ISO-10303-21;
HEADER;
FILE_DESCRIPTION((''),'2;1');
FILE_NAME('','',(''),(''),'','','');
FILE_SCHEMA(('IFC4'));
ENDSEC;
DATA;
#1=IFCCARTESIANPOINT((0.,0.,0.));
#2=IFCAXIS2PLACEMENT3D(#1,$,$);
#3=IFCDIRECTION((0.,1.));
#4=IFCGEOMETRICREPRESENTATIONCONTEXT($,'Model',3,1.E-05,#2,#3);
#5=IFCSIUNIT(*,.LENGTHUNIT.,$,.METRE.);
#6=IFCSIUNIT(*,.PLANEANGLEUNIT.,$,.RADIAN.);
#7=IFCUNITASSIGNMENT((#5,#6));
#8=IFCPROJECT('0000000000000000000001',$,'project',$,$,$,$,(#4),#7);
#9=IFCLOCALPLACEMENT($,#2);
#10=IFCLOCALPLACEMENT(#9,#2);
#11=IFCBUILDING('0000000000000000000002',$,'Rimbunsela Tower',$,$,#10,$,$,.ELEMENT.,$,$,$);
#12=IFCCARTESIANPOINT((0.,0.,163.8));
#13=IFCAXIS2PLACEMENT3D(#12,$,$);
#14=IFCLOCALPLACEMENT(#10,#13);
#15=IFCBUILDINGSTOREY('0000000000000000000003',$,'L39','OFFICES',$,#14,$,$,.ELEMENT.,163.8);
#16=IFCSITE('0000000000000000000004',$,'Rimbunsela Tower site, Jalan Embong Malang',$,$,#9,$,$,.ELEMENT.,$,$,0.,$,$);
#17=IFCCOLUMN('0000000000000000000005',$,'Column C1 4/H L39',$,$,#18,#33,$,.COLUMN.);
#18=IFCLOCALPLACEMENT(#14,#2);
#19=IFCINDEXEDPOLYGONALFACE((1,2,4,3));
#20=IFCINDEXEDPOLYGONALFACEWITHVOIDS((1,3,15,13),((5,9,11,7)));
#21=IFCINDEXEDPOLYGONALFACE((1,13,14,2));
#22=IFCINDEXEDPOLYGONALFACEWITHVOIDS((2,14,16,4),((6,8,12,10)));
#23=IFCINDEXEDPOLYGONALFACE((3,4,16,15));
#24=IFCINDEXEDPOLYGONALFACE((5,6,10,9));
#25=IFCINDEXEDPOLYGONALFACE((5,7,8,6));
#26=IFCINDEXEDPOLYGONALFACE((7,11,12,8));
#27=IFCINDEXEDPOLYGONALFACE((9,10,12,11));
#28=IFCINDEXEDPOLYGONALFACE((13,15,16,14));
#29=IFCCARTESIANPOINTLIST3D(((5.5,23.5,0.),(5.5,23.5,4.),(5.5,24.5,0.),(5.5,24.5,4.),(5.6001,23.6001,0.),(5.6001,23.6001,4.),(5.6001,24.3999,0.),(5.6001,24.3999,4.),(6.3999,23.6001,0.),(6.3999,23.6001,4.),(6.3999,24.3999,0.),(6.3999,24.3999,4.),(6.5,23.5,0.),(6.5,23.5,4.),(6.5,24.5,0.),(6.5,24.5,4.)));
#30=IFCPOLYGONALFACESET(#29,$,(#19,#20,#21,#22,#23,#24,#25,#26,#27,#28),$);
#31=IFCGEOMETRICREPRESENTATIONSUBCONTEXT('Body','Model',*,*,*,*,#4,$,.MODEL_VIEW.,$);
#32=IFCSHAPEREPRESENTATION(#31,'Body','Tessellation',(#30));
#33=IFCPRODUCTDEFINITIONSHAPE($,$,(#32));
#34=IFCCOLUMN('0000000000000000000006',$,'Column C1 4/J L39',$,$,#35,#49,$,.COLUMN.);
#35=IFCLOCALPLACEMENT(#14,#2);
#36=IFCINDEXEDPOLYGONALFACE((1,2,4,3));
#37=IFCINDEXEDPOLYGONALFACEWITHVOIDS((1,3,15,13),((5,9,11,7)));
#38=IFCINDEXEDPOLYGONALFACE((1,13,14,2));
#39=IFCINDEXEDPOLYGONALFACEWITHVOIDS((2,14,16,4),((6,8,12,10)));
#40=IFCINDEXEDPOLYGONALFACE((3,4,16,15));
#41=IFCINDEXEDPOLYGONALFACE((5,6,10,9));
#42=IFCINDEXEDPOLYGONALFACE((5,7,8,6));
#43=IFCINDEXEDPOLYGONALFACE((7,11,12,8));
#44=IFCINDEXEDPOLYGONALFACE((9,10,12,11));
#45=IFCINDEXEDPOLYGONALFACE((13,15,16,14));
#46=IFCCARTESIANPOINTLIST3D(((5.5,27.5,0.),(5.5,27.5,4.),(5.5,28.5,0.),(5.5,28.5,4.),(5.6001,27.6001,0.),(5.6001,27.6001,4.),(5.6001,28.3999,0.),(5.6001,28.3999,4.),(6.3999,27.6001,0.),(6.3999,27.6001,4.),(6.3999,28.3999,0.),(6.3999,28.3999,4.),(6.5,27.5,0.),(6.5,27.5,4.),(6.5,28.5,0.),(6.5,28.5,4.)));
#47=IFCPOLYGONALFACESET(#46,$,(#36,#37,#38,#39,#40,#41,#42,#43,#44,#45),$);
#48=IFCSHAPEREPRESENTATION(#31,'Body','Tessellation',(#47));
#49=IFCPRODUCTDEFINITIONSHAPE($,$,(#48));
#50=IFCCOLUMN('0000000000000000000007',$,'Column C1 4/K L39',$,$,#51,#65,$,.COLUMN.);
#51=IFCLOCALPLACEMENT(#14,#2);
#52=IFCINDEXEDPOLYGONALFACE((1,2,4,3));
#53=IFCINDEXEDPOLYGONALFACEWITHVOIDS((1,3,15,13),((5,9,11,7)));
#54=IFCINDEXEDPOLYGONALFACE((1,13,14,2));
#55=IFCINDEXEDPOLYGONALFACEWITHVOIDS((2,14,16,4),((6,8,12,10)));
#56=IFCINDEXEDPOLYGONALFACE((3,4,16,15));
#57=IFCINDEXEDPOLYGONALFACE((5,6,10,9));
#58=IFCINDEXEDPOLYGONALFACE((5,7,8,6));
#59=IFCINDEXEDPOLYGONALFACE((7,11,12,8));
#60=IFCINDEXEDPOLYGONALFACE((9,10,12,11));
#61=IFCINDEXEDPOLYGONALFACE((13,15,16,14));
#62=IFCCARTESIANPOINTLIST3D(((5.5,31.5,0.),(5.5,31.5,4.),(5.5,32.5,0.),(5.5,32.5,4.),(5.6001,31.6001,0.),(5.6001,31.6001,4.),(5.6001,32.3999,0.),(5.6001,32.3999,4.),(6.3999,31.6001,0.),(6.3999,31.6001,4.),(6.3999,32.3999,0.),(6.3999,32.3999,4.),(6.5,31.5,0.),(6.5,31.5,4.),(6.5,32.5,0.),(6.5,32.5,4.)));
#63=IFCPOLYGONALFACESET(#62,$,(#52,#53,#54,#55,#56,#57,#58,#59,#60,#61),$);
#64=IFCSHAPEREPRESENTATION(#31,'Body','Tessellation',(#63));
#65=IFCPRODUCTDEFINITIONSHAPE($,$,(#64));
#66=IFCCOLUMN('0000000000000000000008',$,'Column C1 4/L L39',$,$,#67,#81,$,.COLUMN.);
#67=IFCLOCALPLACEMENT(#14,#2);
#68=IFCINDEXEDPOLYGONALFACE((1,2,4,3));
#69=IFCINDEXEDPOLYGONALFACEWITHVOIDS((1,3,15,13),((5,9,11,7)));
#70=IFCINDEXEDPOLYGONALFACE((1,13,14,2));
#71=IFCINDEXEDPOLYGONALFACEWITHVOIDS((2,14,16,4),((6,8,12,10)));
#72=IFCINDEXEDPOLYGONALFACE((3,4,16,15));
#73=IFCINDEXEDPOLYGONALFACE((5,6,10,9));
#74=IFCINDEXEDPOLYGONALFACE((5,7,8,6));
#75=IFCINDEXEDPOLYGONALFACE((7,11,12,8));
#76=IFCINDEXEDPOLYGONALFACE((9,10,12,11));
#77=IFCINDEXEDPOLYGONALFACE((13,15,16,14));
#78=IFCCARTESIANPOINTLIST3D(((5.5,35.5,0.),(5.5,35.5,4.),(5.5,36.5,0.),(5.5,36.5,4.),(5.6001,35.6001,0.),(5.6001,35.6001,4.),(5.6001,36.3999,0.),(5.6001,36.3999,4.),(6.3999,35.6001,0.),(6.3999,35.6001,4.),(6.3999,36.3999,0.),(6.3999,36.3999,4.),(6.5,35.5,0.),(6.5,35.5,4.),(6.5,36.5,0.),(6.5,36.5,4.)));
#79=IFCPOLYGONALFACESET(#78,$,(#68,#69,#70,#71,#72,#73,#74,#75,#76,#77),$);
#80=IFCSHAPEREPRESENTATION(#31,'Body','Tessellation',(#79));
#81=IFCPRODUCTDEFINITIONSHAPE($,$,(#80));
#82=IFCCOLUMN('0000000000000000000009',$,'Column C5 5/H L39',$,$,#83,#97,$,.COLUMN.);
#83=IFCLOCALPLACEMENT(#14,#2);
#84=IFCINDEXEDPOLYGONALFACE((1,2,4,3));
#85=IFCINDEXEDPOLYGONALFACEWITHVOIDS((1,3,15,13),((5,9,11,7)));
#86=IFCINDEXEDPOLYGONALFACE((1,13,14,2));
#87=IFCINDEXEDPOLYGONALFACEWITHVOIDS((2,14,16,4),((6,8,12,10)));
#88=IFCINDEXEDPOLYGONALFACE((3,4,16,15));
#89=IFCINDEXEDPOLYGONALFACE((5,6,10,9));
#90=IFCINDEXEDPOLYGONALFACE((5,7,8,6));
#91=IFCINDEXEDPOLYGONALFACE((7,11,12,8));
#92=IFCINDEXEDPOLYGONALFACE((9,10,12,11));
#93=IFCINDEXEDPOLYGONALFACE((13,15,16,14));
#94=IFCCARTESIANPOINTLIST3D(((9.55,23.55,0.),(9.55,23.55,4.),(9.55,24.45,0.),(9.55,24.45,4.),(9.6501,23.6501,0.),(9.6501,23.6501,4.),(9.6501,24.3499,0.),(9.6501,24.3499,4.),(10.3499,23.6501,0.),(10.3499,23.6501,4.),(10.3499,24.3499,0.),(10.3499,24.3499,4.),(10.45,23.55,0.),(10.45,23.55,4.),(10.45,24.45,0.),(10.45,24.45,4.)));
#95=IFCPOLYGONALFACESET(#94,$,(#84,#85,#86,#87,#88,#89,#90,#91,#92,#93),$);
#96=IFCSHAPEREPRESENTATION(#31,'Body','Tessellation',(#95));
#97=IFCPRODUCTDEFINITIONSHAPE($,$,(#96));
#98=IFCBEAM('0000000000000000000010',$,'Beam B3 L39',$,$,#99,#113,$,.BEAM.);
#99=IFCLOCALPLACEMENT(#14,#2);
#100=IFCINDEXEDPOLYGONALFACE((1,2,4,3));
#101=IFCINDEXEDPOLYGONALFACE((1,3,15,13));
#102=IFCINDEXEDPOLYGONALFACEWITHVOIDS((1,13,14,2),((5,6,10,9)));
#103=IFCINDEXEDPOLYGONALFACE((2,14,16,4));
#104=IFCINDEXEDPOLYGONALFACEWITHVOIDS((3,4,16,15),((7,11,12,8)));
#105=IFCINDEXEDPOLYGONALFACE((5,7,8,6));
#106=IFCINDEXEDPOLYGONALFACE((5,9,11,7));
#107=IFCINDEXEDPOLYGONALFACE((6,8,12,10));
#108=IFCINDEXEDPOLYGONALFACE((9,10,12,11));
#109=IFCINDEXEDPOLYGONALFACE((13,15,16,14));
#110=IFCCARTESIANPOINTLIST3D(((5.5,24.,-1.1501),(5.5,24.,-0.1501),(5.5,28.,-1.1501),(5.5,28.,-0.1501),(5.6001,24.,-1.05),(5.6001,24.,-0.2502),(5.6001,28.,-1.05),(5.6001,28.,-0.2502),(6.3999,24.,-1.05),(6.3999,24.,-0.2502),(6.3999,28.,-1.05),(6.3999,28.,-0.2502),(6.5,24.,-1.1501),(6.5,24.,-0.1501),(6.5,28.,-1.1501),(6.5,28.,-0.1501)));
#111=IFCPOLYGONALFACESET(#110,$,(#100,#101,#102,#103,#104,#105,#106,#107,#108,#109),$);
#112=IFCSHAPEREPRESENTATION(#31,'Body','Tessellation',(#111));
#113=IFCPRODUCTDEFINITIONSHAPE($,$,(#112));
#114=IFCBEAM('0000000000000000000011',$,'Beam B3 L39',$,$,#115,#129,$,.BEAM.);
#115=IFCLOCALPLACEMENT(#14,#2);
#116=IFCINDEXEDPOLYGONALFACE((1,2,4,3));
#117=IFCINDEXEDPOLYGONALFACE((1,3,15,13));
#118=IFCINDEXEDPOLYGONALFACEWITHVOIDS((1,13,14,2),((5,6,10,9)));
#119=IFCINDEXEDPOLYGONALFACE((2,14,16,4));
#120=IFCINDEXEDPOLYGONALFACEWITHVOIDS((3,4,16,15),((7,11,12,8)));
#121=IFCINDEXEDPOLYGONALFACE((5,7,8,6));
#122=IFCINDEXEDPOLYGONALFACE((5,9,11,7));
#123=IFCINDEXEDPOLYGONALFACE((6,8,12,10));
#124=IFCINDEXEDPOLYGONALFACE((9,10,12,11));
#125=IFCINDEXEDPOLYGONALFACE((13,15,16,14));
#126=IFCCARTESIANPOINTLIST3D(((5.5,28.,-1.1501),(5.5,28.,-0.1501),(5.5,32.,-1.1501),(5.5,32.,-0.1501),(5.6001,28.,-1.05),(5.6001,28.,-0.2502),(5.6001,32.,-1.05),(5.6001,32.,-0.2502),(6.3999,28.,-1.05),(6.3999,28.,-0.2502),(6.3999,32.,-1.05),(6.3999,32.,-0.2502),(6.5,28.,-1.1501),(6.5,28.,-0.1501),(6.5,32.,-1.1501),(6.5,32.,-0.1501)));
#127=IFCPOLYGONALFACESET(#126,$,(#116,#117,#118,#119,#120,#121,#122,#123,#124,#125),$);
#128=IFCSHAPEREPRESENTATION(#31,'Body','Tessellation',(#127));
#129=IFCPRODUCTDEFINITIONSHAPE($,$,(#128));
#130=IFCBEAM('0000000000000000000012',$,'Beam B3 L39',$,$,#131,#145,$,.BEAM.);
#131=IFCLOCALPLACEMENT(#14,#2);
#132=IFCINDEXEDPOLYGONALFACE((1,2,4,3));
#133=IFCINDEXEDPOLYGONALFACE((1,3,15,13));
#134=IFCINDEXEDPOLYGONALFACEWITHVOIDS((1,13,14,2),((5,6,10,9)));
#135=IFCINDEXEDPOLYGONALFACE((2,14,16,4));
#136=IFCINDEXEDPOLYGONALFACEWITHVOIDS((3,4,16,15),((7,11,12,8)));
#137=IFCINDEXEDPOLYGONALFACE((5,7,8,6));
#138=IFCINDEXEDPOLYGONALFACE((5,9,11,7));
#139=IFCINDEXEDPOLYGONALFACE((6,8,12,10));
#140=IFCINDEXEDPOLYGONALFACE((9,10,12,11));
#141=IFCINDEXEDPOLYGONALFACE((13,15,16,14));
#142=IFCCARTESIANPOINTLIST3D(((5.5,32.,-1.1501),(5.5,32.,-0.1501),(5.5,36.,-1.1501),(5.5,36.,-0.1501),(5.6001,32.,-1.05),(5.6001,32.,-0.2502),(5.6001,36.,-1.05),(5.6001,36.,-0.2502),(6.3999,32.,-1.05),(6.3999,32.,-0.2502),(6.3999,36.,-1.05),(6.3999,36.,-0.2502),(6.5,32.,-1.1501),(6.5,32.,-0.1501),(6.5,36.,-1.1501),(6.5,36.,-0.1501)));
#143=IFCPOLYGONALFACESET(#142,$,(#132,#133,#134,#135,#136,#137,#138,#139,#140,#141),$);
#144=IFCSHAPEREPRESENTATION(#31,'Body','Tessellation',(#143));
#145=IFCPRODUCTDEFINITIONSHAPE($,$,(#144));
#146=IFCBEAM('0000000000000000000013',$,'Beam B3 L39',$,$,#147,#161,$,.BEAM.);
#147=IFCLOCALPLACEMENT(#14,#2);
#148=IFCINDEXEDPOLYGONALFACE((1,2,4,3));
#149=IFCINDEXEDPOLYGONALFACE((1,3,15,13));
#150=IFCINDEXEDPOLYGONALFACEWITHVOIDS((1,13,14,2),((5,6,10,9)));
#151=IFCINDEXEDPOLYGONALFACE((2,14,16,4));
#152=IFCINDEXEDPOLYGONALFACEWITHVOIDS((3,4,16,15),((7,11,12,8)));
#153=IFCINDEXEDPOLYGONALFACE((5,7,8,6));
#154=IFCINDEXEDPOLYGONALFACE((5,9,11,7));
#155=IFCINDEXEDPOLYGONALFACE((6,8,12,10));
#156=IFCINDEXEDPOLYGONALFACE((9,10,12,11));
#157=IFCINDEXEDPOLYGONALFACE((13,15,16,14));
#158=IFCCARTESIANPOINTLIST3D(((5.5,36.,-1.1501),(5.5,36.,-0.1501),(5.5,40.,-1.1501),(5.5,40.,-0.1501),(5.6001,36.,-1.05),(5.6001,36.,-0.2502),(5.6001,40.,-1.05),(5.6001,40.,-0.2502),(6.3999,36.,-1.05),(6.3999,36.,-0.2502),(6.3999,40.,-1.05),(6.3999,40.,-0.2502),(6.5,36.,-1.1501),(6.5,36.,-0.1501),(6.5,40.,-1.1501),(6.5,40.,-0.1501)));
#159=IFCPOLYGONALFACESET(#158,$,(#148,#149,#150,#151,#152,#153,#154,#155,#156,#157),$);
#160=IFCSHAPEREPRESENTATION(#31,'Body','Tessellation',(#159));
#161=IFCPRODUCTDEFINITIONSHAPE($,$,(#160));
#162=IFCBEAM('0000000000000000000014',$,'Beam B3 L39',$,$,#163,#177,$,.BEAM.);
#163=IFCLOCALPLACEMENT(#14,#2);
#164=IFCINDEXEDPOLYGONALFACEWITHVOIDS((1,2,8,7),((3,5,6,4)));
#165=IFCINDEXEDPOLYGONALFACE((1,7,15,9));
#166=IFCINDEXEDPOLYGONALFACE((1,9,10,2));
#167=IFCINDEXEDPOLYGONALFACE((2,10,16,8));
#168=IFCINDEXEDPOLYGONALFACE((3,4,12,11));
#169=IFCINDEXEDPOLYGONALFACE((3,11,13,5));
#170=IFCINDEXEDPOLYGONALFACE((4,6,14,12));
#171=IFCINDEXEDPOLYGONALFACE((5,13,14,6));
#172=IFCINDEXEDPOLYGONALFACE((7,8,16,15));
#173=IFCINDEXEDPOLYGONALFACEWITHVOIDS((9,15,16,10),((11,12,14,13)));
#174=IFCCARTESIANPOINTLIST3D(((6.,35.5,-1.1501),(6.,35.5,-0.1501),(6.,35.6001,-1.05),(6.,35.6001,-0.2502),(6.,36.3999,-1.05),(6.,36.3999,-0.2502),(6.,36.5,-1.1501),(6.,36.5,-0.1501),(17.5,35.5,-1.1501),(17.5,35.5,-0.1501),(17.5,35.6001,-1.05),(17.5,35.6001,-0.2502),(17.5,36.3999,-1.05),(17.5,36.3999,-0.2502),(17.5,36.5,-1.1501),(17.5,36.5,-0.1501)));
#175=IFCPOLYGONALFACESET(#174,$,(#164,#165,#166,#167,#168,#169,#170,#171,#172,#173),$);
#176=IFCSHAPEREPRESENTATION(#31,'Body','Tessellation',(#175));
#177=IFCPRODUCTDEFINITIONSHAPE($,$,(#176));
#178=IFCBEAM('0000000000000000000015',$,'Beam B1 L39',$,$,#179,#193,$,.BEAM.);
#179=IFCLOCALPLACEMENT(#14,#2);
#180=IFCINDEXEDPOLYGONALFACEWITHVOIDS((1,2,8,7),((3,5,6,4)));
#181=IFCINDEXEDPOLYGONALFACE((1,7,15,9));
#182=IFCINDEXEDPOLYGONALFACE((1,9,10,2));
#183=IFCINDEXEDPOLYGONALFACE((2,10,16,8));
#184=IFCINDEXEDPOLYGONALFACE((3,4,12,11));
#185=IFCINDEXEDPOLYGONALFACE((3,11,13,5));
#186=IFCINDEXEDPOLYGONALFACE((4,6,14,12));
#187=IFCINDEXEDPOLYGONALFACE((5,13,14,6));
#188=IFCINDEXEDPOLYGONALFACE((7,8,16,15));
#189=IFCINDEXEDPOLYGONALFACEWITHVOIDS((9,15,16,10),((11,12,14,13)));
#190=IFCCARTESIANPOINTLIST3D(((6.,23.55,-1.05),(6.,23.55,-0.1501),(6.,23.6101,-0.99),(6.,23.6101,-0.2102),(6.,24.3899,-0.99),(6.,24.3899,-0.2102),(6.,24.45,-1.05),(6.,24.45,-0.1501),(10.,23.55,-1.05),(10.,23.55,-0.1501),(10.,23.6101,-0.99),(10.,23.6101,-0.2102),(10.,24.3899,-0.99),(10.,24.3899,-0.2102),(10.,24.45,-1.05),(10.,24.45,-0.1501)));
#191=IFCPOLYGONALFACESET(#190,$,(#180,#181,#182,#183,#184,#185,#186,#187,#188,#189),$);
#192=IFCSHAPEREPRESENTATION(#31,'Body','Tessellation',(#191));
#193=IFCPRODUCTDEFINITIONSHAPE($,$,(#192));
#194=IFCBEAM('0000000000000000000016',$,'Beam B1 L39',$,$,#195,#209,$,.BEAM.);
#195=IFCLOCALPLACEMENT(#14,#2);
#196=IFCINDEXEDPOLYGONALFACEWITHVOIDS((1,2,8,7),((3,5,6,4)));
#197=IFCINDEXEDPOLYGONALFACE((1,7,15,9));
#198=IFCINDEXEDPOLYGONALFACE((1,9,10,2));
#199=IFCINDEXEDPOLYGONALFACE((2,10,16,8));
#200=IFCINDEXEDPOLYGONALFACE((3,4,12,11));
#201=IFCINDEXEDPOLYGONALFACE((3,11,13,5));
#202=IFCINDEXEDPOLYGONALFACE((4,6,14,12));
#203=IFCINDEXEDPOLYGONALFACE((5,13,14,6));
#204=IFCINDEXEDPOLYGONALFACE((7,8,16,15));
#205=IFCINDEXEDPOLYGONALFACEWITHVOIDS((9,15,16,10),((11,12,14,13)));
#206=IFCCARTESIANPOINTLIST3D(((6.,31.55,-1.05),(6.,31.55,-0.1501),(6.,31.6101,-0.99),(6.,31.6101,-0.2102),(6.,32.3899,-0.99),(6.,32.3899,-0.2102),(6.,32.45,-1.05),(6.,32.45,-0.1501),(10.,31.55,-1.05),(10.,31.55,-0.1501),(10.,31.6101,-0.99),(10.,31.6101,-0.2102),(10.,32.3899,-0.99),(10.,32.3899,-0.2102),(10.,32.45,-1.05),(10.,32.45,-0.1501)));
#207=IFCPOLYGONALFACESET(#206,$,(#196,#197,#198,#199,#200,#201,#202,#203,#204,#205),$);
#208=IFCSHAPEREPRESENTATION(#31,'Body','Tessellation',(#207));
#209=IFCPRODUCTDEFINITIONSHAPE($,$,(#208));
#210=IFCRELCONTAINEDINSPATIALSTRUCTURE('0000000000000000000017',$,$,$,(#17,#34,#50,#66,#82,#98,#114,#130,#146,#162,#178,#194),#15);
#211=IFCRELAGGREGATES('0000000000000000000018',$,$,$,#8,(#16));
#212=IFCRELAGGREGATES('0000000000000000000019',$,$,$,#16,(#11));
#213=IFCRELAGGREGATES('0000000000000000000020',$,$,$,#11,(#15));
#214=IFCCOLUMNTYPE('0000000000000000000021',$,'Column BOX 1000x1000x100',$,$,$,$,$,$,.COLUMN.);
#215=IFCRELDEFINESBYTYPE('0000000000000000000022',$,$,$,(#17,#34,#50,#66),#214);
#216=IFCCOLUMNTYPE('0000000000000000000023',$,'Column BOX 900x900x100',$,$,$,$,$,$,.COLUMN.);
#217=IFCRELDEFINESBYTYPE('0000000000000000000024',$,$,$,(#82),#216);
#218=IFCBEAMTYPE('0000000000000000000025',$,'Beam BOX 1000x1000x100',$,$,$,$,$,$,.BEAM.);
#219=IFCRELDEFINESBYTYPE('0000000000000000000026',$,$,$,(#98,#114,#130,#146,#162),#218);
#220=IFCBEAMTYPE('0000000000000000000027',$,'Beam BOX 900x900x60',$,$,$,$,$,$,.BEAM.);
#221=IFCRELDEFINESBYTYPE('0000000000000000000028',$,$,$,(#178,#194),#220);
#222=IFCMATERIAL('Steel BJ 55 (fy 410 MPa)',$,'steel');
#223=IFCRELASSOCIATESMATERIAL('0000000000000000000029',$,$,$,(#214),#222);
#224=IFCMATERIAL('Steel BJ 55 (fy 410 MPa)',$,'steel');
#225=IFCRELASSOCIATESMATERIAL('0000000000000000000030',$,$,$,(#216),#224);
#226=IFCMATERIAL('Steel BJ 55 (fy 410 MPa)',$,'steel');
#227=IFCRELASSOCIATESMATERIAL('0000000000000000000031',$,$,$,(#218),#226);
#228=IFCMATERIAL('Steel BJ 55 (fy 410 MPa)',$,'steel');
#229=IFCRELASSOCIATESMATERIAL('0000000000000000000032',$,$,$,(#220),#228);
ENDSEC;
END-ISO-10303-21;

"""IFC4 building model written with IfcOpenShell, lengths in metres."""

from ifc_helpers import new_model, si_unit, direction, frame, origin, origin_2d, place, context, subcontext, project, spatial, hollow_rectangle, extrude, material, material_profile, profile_set, type_object, element, save


model = new_model("IFC4")

# Units and contexts
model_context = context("Model", 3, precision=1e-05, world=origin(), true_north=direction((0.0, 1.0)))
body_context = subcontext(model_context, "Body", "Model", "MODEL_VIEW")
ifc_project = project(units=[si_unit("LENGTHUNIT", "METRE"), si_unit("PLANEANGLEUNIT", "RADIAN")], contexts=[model_context])

# Site, building, storey
site_placement = place(None, origin())
site = spatial("IfcSite", under=ifc_project, at=site_placement, Name="Rimbunsela Tower site, Jalan Embong Malang", CompositionType="ELEMENT", RefElevation=0.0)
building_placement = place(site_placement, origin())
building = spatial("IfcBuilding", under=site, at=building_placement, Name="Rimbunsela Tower", CompositionType="ELEMENT")
storey_placement = place(building_placement, frame((0.0, 0.0, 163.8)))
storey = spatial("IfcBuildingStorey", under=building, at=storey_placement, Name="L39", Description="OFFICES", CompositionType="ELEMENT", Elevation=163.8)

# Columns
ifc_material_1 = material(Name="Steel BJ 55 (fy 410 MPa)", Category="steel")
ifc_material_profile_1 = material_profile(ifc_material_1, hollow_rectangle(XDim=1.0, YDim=1.0, WallThickness=0.1001, at=origin_2d()), Name="BOX 1000x1000x100")
ifc_profile_set_1 = profile_set([ifc_material_profile_1], Name="Steel BJ 55 (fy 410 MPa)")
column_type_1 = type_object("IfcColumnType", Name="Column BOX 1000x1000x100", PredefinedType="COLUMN", material=ifc_profile_set_1)
for number, where, z_axis, x_axis, name in (
    (1, (6.0, 24.0, 0.0), (0.0, 0.0, 1.0), (1.0, 0.0, 0.0), "Column C1 4/H L39"),
    (2, (6.0, 28.0, 0.0), (0.0, 0.0, 1.0), (1.0, 0.0, 0.0), "Column C1 4/J L39"),
    (3, (6.0, 32.0, 0.0), (0.0, 0.0, 1.0), (1.0, 0.0, 0.0), "Column C1 4/K L39"),
    (4, (6.0, 36.0, 0.0), (0.0, 0.0, 1.0), (1.0, 0.0, 0.0), "Column C1 4/L L39"),
):
    element("IfcColumn", number, at=place(storey_placement, frame(where, z_axis=z_axis, x_axis=x_axis)), inside=storey, type_object=column_type_1, Name=name, PredefinedType="COLUMN", context=body_context, shape_type="SweptSolid", body=[
        extrude(hollow_rectangle(XDim=1.0, YDim=1.0, WallThickness=0.1001, at=origin_2d()), origin(), (0.0, 0.0, 1.0), 4.0),
    ])
ifc_material_2 = material(Name="Steel BJ 55 (fy 410 MPa)", Category="steel")
ifc_material_profile_2 = material_profile(ifc_material_2, hollow_rectangle(XDim=0.8999, YDim=0.8999, WallThickness=0.1001, at=origin_2d()), Name="BOX 900x900x100")
ifc_profile_set_2 = profile_set([ifc_material_profile_2], Name="Steel BJ 55 (fy 410 MPa)")
column_type_2 = type_object("IfcColumnType", Name="Column BOX 900x900x100", PredefinedType="COLUMN", material=ifc_profile_set_2)
column_placement = place(storey_placement, frame((10.0, 24.0, 0.0), z_axis=(0.0, 0.0, 1.0), x_axis=(1.0, 0.0, 0.0)))
element("IfcColumn", 5, at=column_placement, inside=storey, type_object=column_type_2, Name="Column C5 5/H L39", PredefinedType="COLUMN", context=body_context, shape_type="SweptSolid", body=[
    extrude(hollow_rectangle(XDim=0.8999, YDim=0.8999, WallThickness=0.1001, at=origin_2d()), origin(), (0.0, 0.0, 1.0), 4.0),
])

# Beams
ifc_material_3 = material(Name="Steel BJ 55 (fy 410 MPa)", Category="steel")
ifc_material_profile_3 = material_profile(ifc_material_3, hollow_rectangle(XDim=1.0, YDim=1.0, WallThickness=0.1001, at=origin_2d()), Name="BOX 1000x1000x100")
ifc_profile_set_3 = profile_set([ifc_material_profile_3], Name="Steel BJ 55 (fy 410 MPa)")
beam_type_1 = type_object("IfcBeamType", Name="Beam BOX 1000x1000x100", PredefinedType="BEAM", material=ifc_profile_set_3)
for number, where, z_axis, x_axis, name in (
    (6, (6.0, 24.0, -0.6501), (0.0, 1.0, 0.0), (-1.0, 0.0, 0.0), "Beam B3 L39"),
    (7, (6.0, 28.0, -0.6501), (0.0, 1.0, 0.0), (-1.0, 0.0, 0.0), "Beam B3 L39"),
    (8, (6.0, 32.0, -0.6501), (0.0, 1.0, 0.0), (-1.0, 0.0, 0.0), "Beam B3 L39"),
    (9, (6.0, 36.0, -0.6501), (0.0, 1.0, 0.0), (-1.0, 0.0, 0.0), "Beam B3 L39"),
):
    element("IfcBeam", number, at=place(storey_placement, frame(where, z_axis=z_axis, x_axis=x_axis)), inside=storey, type_object=beam_type_1, Name=name, PredefinedType="BEAM", context=body_context, shape_type="SweptSolid", body=[
        extrude(hollow_rectangle(XDim=1.0, YDim=1.0, WallThickness=0.1001, at=origin_2d()), origin(), (0.0, 0.0, 1.0), 4.0),
    ])
beam_1_placement = place(storey_placement, frame((6.0, 36.0, -0.6501), z_axis=(1.0, 0.0, 0.0), x_axis=(0.0, 1.0, 0.0)))
element("IfcBeam", 10, at=beam_1_placement, inside=storey, type_object=beam_type_1, Name="Beam B3 L39", PredefinedType="BEAM", context=body_context, shape_type="SweptSolid", body=[
    extrude(hollow_rectangle(XDim=1.0, YDim=1.0, WallThickness=0.1001, at=origin_2d()), origin(), (0.0, 0.0, 1.0), 11.5),
])
ifc_material_4 = material(Name="Steel BJ 55 (fy 410 MPa)", Category="steel")
ifc_material_profile_4 = material_profile(ifc_material_4, hollow_rectangle(XDim=0.8999, YDim=0.8999, WallThickness=0.0601, at=origin_2d()), Name="BOX 900x900x60")
ifc_profile_set_4 = profile_set([ifc_material_profile_4], Name="Steel BJ 55 (fy 410 MPa)")
beam_type_2 = type_object("IfcBeamType", Name="Beam BOX 900x900x60", PredefinedType="BEAM", material=ifc_profile_set_4)
for number, where, z_axis, x_axis, name in (
    (11, (6.0, 24.0, -0.6001), (1.0, 0.0, 0.0), (0.0, 1.0, 0.0), "Beam B1 L39"),
    (12, (6.0, 32.0, -0.6001), (1.0, 0.0, 0.0), (0.0, 1.0, 0.0), "Beam B1 L39"),
):
    element("IfcBeam", number, at=place(storey_placement, frame(where, z_axis=z_axis, x_axis=x_axis)), inside=storey, type_object=beam_type_2, Name=name, PredefinedType="BEAM", context=body_context, shape_type="SweptSolid", body=[
        extrude(hollow_rectangle(XDim=0.8999, YDim=0.8999, WallThickness=0.0601, at=origin_2d()), origin(), (0.0, 0.0, 1.0), 4.0),
    ])

save(model, "model.ifc")
